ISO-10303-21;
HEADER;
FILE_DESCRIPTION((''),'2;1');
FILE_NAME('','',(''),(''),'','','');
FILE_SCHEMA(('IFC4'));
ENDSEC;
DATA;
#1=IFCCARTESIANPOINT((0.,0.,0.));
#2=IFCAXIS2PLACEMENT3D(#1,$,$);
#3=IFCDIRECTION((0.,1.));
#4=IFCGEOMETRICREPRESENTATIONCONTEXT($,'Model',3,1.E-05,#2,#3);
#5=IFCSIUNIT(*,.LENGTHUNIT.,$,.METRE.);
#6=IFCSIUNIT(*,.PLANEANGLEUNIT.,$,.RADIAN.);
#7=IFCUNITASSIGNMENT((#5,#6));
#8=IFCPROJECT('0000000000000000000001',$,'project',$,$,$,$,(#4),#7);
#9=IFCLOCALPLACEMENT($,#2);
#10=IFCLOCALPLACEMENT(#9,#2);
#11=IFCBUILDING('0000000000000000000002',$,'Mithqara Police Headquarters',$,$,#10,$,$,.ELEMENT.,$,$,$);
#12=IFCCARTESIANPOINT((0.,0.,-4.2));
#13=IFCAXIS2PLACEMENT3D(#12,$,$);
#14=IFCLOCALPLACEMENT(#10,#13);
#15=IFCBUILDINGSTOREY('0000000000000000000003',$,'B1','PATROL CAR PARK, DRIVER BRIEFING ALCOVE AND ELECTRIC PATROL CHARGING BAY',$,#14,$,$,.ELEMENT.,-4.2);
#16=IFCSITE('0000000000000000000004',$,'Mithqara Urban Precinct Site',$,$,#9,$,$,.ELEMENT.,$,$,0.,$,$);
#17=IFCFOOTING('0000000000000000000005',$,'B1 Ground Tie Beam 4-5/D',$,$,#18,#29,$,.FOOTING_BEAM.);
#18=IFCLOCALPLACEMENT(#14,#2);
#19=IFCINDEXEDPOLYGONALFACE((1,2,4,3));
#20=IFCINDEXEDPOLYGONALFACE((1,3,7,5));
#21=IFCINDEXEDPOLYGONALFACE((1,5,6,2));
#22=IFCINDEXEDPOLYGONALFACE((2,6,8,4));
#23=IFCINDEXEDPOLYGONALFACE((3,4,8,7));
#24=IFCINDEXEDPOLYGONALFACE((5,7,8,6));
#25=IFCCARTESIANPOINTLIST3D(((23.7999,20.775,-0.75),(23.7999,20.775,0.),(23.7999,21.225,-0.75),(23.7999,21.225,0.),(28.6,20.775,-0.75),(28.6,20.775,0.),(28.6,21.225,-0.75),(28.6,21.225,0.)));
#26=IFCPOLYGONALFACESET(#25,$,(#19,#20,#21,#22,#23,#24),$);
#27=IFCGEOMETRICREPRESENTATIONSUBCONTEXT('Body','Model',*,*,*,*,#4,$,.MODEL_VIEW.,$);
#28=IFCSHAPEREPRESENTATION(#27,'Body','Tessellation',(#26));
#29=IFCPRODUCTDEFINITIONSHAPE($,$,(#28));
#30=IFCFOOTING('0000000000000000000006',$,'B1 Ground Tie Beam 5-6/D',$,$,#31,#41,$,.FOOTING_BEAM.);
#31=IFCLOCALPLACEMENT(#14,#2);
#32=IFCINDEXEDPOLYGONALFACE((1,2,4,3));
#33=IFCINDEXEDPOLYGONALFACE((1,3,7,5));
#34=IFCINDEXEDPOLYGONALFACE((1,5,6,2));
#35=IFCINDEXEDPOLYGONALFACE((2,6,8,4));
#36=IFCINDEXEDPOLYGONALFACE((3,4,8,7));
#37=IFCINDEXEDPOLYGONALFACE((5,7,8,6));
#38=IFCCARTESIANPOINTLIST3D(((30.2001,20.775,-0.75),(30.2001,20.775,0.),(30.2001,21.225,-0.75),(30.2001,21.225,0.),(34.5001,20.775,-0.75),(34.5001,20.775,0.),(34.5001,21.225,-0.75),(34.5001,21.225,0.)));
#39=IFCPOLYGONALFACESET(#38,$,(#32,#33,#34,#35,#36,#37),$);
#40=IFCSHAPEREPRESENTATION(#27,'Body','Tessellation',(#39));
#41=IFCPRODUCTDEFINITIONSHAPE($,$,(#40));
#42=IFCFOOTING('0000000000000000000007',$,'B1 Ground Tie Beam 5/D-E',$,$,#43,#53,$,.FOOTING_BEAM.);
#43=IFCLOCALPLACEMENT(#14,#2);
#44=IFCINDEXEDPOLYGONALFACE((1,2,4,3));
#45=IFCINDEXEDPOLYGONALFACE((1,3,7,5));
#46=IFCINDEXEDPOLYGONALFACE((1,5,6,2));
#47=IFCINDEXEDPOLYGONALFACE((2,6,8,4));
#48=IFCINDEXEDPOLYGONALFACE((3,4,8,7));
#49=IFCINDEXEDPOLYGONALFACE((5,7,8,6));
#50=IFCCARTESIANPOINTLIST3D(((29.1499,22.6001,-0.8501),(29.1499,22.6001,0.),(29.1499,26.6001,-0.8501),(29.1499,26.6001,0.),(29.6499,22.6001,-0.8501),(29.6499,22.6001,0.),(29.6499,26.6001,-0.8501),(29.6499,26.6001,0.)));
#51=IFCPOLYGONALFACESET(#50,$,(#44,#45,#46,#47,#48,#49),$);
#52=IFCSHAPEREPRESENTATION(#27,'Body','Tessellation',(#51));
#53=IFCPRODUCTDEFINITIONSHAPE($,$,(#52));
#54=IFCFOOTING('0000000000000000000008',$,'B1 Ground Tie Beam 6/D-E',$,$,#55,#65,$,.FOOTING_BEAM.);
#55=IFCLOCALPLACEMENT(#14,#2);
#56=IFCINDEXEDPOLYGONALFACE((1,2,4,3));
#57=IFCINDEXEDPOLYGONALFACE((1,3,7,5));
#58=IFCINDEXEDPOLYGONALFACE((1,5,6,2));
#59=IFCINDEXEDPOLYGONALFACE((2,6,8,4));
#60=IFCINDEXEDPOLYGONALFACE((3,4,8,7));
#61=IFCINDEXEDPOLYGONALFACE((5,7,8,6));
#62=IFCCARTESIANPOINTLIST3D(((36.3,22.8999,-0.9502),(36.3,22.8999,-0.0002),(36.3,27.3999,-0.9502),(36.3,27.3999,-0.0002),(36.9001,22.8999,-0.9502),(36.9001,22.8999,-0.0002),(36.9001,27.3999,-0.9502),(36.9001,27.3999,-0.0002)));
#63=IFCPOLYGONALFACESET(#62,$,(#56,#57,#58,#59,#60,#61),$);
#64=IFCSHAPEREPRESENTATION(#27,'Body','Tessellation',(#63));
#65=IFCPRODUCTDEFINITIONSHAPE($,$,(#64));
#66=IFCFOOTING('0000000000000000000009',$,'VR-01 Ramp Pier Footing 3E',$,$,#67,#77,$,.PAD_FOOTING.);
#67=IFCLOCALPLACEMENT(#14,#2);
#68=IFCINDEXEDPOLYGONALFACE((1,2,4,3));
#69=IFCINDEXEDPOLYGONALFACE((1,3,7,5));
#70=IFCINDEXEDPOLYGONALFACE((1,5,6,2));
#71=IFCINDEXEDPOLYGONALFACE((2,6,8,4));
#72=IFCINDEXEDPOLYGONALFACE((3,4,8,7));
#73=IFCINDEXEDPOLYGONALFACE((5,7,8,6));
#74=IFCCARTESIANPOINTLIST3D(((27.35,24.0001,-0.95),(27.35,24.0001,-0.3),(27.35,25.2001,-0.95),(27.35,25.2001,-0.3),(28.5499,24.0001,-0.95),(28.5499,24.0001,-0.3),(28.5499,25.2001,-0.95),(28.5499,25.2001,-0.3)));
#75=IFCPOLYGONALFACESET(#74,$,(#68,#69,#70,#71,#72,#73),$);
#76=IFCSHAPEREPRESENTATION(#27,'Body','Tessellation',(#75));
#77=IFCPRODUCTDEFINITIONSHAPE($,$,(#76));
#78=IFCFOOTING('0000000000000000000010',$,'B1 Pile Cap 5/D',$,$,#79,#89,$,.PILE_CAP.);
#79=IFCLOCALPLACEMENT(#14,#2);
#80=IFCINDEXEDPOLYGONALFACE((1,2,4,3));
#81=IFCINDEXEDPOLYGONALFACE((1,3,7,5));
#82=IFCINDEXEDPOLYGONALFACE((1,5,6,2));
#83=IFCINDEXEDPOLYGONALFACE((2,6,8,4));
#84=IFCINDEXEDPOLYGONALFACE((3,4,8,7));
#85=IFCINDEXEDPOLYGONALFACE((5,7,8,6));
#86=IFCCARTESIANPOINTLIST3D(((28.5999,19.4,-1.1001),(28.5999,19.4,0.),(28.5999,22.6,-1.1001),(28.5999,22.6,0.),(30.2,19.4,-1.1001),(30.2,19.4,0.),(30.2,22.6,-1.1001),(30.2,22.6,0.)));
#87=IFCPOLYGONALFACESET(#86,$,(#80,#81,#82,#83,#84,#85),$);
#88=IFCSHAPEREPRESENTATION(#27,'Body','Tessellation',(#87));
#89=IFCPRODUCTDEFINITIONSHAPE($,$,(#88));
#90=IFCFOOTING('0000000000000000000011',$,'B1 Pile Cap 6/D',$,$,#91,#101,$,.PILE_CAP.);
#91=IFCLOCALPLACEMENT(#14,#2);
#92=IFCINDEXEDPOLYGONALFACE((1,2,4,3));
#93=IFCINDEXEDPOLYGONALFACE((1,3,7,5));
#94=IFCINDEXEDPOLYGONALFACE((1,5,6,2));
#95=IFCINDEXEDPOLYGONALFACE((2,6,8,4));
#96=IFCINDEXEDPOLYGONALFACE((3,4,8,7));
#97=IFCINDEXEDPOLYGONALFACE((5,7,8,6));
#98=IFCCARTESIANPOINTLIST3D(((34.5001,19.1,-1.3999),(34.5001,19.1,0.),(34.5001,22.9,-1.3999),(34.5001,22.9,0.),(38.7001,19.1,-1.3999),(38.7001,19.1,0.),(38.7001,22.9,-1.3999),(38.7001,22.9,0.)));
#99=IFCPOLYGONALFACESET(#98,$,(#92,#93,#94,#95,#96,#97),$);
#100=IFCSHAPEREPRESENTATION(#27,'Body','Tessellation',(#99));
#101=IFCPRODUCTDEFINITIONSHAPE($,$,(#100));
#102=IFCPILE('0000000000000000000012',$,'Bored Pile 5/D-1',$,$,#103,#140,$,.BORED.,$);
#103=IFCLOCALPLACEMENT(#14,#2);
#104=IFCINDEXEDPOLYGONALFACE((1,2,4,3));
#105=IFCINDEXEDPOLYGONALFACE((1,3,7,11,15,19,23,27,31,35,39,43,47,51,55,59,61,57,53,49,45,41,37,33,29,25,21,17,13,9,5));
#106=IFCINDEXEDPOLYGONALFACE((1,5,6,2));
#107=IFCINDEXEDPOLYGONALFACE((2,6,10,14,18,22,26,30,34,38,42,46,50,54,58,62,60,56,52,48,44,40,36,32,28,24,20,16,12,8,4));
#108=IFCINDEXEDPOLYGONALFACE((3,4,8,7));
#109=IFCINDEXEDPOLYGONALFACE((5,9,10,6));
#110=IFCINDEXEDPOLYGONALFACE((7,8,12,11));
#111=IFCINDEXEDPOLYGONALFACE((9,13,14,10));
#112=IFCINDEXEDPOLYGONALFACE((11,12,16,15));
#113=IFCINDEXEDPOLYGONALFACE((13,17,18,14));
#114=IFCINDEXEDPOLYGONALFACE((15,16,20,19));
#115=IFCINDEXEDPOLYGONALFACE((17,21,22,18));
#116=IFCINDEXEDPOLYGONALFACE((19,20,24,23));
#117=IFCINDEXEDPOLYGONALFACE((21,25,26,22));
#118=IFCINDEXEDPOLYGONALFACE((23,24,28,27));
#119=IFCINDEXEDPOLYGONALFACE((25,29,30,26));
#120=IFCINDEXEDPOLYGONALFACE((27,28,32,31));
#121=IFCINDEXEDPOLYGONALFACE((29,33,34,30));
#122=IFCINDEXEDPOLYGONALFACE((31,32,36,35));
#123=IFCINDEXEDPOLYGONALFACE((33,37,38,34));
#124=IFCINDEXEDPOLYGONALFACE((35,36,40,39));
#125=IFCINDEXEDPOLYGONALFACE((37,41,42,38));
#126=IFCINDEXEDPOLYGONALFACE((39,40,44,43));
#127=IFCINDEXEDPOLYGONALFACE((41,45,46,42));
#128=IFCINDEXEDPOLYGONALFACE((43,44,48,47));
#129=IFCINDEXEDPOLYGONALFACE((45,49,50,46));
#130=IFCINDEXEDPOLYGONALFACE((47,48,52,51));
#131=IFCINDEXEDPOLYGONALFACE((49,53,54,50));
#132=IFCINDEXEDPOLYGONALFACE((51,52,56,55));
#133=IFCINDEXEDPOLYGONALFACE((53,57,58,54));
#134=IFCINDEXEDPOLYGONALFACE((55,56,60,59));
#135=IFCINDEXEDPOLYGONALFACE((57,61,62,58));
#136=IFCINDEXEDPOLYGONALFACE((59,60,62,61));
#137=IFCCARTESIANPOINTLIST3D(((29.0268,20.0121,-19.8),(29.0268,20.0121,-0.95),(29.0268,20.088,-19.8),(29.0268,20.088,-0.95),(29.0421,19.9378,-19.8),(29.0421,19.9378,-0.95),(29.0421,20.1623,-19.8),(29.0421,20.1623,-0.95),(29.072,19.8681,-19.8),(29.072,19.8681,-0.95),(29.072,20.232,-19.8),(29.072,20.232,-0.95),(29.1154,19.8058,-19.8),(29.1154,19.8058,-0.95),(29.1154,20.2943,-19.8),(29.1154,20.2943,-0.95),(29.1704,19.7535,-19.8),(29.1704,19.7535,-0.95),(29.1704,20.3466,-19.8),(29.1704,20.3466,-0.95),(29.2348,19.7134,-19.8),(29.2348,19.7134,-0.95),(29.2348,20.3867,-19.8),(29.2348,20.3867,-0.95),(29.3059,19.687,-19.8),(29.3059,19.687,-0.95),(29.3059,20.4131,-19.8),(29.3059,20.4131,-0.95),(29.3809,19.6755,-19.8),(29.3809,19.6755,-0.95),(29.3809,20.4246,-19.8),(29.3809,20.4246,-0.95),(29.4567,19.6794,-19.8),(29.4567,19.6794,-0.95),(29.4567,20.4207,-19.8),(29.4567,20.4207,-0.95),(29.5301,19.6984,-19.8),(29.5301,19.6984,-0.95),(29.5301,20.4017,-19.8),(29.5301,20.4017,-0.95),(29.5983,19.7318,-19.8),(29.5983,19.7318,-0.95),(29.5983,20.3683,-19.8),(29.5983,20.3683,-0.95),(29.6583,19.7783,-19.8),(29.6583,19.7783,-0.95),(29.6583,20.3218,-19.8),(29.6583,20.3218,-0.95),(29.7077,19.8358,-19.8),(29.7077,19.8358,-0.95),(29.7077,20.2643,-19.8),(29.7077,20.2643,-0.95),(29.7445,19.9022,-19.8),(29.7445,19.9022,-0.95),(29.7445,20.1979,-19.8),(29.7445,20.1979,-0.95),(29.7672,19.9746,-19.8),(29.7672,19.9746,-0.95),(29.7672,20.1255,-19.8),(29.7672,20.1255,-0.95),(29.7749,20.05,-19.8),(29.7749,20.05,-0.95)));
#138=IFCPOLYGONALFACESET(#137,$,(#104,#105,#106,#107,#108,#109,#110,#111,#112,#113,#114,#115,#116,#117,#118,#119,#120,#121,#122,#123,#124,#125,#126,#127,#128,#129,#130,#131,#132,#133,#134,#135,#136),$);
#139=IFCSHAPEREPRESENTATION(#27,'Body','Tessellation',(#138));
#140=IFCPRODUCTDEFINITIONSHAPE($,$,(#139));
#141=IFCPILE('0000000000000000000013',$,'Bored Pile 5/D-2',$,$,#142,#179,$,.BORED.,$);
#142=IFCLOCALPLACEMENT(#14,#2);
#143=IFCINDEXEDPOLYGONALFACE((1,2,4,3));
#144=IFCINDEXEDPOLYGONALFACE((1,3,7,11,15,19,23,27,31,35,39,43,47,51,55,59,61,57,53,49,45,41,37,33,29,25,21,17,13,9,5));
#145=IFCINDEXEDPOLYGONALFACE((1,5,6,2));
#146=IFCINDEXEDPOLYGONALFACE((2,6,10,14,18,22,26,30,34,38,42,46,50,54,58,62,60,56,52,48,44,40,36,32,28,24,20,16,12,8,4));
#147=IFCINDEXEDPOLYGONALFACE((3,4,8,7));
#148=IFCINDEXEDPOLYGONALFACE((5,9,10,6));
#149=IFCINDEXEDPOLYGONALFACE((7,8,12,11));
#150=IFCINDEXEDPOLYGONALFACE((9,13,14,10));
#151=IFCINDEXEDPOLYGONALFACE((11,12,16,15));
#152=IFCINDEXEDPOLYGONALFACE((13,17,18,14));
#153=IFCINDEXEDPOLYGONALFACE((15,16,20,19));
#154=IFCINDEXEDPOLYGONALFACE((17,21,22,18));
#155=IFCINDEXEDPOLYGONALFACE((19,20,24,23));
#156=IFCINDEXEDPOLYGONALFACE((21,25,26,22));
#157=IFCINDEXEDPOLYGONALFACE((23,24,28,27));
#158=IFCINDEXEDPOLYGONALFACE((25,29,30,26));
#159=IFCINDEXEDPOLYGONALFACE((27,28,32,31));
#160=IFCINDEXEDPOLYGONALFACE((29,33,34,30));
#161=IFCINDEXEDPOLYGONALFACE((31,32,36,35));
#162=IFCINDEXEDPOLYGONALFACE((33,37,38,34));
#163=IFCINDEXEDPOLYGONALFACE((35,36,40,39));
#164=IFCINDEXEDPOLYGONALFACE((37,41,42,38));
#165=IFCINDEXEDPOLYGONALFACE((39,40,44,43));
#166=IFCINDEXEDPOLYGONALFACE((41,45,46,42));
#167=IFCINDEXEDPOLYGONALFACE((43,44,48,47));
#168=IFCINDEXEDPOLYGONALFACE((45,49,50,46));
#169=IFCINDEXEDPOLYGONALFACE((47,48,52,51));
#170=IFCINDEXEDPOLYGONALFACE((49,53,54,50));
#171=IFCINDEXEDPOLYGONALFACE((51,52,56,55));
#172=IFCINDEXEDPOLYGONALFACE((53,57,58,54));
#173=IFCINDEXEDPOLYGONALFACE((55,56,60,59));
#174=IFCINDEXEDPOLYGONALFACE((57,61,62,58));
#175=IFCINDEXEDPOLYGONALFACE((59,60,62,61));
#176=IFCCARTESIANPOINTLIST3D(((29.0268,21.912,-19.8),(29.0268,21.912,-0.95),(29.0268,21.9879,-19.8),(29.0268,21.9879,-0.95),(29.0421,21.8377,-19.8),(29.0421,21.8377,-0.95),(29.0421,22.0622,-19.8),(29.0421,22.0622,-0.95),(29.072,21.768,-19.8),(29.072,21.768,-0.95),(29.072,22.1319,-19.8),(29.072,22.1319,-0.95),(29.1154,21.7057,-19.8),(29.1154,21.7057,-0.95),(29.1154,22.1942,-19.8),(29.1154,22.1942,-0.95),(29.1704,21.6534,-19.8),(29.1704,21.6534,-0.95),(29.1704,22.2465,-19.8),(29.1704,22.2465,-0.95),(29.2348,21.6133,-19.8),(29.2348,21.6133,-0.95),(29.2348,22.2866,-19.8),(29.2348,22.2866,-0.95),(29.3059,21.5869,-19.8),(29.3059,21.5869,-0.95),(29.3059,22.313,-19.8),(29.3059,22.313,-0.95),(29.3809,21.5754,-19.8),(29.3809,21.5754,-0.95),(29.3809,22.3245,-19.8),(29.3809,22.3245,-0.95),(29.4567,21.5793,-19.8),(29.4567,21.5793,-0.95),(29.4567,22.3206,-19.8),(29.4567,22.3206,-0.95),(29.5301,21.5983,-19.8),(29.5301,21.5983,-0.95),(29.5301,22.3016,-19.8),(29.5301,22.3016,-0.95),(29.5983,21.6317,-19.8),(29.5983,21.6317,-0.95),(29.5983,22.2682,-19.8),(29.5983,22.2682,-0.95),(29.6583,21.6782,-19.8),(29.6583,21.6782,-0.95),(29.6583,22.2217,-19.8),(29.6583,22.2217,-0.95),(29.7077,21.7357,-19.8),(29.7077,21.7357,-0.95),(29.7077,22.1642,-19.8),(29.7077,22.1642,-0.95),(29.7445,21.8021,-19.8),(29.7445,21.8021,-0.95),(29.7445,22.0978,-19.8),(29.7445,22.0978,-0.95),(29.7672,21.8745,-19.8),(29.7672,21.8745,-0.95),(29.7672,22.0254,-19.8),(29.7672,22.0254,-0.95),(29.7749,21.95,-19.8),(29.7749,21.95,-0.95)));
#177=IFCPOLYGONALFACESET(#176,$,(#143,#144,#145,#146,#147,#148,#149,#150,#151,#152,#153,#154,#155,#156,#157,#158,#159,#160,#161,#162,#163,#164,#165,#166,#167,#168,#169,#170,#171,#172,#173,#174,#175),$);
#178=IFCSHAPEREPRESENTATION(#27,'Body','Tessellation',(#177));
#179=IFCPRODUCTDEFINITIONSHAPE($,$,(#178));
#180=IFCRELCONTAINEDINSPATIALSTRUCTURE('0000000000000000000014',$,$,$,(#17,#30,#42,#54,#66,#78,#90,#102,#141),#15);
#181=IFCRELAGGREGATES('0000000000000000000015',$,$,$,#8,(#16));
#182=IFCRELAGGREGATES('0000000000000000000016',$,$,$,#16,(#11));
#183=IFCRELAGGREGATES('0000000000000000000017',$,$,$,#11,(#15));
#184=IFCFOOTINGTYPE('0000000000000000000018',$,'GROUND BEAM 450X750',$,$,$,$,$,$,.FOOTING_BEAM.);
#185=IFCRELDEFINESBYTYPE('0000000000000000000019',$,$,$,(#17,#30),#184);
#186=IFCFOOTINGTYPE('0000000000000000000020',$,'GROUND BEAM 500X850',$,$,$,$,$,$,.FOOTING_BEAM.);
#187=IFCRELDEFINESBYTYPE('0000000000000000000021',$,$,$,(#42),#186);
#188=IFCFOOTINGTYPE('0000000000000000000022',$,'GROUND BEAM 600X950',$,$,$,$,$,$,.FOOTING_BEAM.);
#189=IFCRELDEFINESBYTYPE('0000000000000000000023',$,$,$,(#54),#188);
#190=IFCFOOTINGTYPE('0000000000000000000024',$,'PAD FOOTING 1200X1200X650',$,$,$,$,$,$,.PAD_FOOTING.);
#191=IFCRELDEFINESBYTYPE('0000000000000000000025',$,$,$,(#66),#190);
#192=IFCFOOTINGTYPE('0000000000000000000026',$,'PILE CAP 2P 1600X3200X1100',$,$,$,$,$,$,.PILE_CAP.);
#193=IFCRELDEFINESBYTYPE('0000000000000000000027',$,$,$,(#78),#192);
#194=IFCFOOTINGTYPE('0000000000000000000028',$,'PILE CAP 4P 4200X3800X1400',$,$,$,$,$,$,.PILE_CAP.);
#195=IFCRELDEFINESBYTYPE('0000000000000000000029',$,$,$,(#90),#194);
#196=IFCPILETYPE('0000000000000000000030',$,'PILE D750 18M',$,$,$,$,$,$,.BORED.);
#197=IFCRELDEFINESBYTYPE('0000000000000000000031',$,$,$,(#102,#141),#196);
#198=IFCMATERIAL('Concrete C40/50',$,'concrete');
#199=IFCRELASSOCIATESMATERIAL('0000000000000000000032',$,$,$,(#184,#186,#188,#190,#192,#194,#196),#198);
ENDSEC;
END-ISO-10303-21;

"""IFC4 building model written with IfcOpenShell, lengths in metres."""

from ifc_helpers import new_model, si_unit, direction, frame, origin, origin_2d, place, context, subcontext, project, spatial, rectangle, circle, extrude, material, material_profile, profile_set, type_object, element, save


model = new_model("IFC4")

# Units and contexts
model_context = context("Model", 3, precision=1e-05, world=origin(), true_north=direction((0.0, 1.0)))
body_context = subcontext(model_context, "Body", "Model", "MODEL_VIEW")
ifc_project = project(units=[si_unit("LENGTHUNIT", "METRE"), si_unit("PLANEANGLEUNIT", "RADIAN")], contexts=[model_context])

# Site, building, storey
site_placement = place(None, origin())
site = spatial("IfcSite", under=ifc_project, at=site_placement, Name="Mithqara Urban Precinct Site", CompositionType="ELEMENT", RefElevation=0.0)
building_placement = place(site_placement, origin())
building = spatial("IfcBuilding", under=site, at=building_placement, Name="Mithqara Police Headquarters", CompositionType="ELEMENT")
storey_placement = place(building_placement, frame((0.0, 0.0, -4.2)))
storey = spatial("IfcBuildingStorey", under=building, at=storey_placement, Name="B1", Description="PATROL CAR PARK, DRIVER BRIEFING ALCOVE AND ELECTRIC PATROL CHARGING BAY", CompositionType="ELEMENT", Elevation=-4.2)

# Footings
ifc_material_1 = material(Name="Concrete C40/50", Category="concrete")
footing_type_1 = type_object("IfcFootingType", Name="GROUND BEAM 450X750", PredefinedType="FOOTING_BEAM", material=ifc_material_1)
footing_1_placement = place(storey_placement, frame((26.2, 21.0, -0.75), z_axis=(0.0, 0.0, 1.0), x_axis=(1.0, 0.0, 0.0)))
element("IfcFooting", 1, at=footing_1_placement, inside=storey, type_object=footing_type_1, Name="B1 Ground Tie Beam 4-5/D", PredefinedType="FOOTING_BEAM", context=body_context, shape_type="SweptSolid", body=[
    extrude(rectangle(XDim=4.8, YDim=0.45, at=origin_2d()), origin(), (0.0, 0.0, 1.0), 0.75),
])
footing_2_placement = place(storey_placement, frame((32.3501, 21.0, -0.75), z_axis=(0.0, 0.0, 1.0), x_axis=(1.0, 0.0, 0.0)))
element("IfcFooting", 2, at=footing_2_placement, inside=storey, type_object=footing_type_1, Name="B1 Ground Tie Beam 5-6/D", PredefinedType="FOOTING_BEAM", context=body_context, shape_type="SweptSolid", body=[
    extrude(rectangle(XDim=4.3, YDim=0.45, at=origin_2d()), origin(), (0.0, 0.0, 1.0), 0.75),
])
footing_type_2 = type_object("IfcFootingType", Name="GROUND BEAM 500X850", PredefinedType="FOOTING_BEAM", material=ifc_material_1)
footing_3_placement = place(storey_placement, frame((29.3999, 24.6001, -0.8501), z_axis=(0.0, 0.0, 1.0), x_axis=(1.0, 0.0, 0.0)))
element("IfcFooting", 3, at=footing_3_placement, inside=storey, type_object=footing_type_2, Name="B1 Ground Tie Beam 5/D-E", PredefinedType="FOOTING_BEAM", context=body_context, shape_type="SweptSolid", body=[
    extrude(rectangle(XDim=0.5, YDim=4.0, at=origin_2d()), origin(), (0.0, 0.0, 1.0), 0.8501),
])
footing_type_3 = type_object("IfcFootingType", Name="GROUND BEAM 600X950", PredefinedType="FOOTING_BEAM", material=ifc_material_1)
footing_4_placement = place(storey_placement, frame((36.6001, 25.1499, -0.9502), z_axis=(0.0, 0.0, 1.0), x_axis=(1.0, 0.0, 0.0)))
element("IfcFooting", 4, at=footing_4_placement, inside=storey, type_object=footing_type_3, Name="B1 Ground Tie Beam 6/D-E", PredefinedType="FOOTING_BEAM", context=body_context, shape_type="SweptSolid", body=[
    extrude(rectangle(XDim=0.6001, YDim=4.5, at=origin_2d()), origin(), (0.0, 0.0, 1.0), 0.95),
])
footing_type_4 = type_object("IfcFootingType", Name="PAD FOOTING 1200X1200X650", PredefinedType="PAD_FOOTING", material=ifc_material_1)
footing_5_placement = place(storey_placement, frame((27.95, 24.6001, -0.95), z_axis=(0.0, 0.0, 1.0), x_axis=(1.0, 0.0, 0.0)))
element("IfcFooting", 5, at=footing_5_placement, inside=storey, type_object=footing_type_4, Name="VR-01 Ramp Pier Footing 3E", PredefinedType="PAD_FOOTING", context=body_context, shape_type="SweptSolid", body=[
    extrude(rectangle(XDim=1.2, YDim=1.2, at=origin_2d()), origin(), (0.0, 0.0, 1.0), 0.6499),
])
footing_type_5 = type_object("IfcFootingType", Name="PILE CAP 2P 1600X3200X1100", PredefinedType="PILE_CAP", material=ifc_material_1)
footing_6_placement = place(storey_placement, frame((29.3999, 21.0, -1.1001), z_axis=(0.0, 0.0, 1.0), x_axis=(1.0, 0.0, 0.0)))
element("IfcFooting", 6, at=footing_6_placement, inside=storey, type_object=footing_type_5, Name="B1 Pile Cap 5/D", PredefinedType="PILE_CAP", context=body_context, shape_type="SweptSolid", body=[
    extrude(rectangle(XDim=1.6001, YDim=3.2, at=origin_2d()), origin(), (0.0, 0.0, 1.0), 1.1001),
])
footing_type_6 = type_object("IfcFootingType", Name="PILE CAP 4P 4200X3800X1400", PredefinedType="PILE_CAP", material=ifc_material_1)
footing_7_placement = place(storey_placement, frame((36.6001, 21.0, -1.3999), z_axis=(0.0, 0.0, 1.0), x_axis=(1.0, 0.0, 0.0)))
element("IfcFooting", 7, at=footing_7_placement, inside=storey, type_object=footing_type_6, Name="B1 Pile Cap 6/D", PredefinedType="PILE_CAP", context=body_context, shape_type="SweptSolid", body=[
    extrude(rectangle(XDim=4.2, YDim=3.8, at=origin_2d()), origin(), (0.0, 0.0, 1.0), 1.3999),
])

# Piles
ifc_material_profile_1 = material_profile(ifc_material_1, circle(Radius=0.375, at=origin_2d()), Name="PILE D750")
ifc_profile_set_1 = profile_set([ifc_material_profile_1], Name="Concrete C40/50")
pile_type_1 = type_object("IfcPileType", Name="PILE D750 18M", PredefinedType="BORED", material=ifc_profile_set_1)
for number, where, z_axis, x_axis, name in (
    (8, (29.3999, 20.05, -0.95), (0.0, 0.0, -1.0), (1.0, 0.0, 0.0), "Bored Pile 5/D-1"),
    (9, (29.3999, 21.95, -0.95), (0.0, 0.0, -1.0), (1.0, 0.0, 0.0), "Bored Pile 5/D-2"),
):
    element("IfcPile", number, at=place(storey_placement, frame(where, z_axis=z_axis, x_axis=x_axis)), inside=storey, type_object=pile_type_1, Name=name, PredefinedType="BORED", context=body_context, shape_type="SweptSolid", body=[
        extrude(circle(Radius=0.375, at=origin_2d()), origin(), (0.0, 0.0, 1.0), 18.8501),
    ])

save(model, "model.ifc")
